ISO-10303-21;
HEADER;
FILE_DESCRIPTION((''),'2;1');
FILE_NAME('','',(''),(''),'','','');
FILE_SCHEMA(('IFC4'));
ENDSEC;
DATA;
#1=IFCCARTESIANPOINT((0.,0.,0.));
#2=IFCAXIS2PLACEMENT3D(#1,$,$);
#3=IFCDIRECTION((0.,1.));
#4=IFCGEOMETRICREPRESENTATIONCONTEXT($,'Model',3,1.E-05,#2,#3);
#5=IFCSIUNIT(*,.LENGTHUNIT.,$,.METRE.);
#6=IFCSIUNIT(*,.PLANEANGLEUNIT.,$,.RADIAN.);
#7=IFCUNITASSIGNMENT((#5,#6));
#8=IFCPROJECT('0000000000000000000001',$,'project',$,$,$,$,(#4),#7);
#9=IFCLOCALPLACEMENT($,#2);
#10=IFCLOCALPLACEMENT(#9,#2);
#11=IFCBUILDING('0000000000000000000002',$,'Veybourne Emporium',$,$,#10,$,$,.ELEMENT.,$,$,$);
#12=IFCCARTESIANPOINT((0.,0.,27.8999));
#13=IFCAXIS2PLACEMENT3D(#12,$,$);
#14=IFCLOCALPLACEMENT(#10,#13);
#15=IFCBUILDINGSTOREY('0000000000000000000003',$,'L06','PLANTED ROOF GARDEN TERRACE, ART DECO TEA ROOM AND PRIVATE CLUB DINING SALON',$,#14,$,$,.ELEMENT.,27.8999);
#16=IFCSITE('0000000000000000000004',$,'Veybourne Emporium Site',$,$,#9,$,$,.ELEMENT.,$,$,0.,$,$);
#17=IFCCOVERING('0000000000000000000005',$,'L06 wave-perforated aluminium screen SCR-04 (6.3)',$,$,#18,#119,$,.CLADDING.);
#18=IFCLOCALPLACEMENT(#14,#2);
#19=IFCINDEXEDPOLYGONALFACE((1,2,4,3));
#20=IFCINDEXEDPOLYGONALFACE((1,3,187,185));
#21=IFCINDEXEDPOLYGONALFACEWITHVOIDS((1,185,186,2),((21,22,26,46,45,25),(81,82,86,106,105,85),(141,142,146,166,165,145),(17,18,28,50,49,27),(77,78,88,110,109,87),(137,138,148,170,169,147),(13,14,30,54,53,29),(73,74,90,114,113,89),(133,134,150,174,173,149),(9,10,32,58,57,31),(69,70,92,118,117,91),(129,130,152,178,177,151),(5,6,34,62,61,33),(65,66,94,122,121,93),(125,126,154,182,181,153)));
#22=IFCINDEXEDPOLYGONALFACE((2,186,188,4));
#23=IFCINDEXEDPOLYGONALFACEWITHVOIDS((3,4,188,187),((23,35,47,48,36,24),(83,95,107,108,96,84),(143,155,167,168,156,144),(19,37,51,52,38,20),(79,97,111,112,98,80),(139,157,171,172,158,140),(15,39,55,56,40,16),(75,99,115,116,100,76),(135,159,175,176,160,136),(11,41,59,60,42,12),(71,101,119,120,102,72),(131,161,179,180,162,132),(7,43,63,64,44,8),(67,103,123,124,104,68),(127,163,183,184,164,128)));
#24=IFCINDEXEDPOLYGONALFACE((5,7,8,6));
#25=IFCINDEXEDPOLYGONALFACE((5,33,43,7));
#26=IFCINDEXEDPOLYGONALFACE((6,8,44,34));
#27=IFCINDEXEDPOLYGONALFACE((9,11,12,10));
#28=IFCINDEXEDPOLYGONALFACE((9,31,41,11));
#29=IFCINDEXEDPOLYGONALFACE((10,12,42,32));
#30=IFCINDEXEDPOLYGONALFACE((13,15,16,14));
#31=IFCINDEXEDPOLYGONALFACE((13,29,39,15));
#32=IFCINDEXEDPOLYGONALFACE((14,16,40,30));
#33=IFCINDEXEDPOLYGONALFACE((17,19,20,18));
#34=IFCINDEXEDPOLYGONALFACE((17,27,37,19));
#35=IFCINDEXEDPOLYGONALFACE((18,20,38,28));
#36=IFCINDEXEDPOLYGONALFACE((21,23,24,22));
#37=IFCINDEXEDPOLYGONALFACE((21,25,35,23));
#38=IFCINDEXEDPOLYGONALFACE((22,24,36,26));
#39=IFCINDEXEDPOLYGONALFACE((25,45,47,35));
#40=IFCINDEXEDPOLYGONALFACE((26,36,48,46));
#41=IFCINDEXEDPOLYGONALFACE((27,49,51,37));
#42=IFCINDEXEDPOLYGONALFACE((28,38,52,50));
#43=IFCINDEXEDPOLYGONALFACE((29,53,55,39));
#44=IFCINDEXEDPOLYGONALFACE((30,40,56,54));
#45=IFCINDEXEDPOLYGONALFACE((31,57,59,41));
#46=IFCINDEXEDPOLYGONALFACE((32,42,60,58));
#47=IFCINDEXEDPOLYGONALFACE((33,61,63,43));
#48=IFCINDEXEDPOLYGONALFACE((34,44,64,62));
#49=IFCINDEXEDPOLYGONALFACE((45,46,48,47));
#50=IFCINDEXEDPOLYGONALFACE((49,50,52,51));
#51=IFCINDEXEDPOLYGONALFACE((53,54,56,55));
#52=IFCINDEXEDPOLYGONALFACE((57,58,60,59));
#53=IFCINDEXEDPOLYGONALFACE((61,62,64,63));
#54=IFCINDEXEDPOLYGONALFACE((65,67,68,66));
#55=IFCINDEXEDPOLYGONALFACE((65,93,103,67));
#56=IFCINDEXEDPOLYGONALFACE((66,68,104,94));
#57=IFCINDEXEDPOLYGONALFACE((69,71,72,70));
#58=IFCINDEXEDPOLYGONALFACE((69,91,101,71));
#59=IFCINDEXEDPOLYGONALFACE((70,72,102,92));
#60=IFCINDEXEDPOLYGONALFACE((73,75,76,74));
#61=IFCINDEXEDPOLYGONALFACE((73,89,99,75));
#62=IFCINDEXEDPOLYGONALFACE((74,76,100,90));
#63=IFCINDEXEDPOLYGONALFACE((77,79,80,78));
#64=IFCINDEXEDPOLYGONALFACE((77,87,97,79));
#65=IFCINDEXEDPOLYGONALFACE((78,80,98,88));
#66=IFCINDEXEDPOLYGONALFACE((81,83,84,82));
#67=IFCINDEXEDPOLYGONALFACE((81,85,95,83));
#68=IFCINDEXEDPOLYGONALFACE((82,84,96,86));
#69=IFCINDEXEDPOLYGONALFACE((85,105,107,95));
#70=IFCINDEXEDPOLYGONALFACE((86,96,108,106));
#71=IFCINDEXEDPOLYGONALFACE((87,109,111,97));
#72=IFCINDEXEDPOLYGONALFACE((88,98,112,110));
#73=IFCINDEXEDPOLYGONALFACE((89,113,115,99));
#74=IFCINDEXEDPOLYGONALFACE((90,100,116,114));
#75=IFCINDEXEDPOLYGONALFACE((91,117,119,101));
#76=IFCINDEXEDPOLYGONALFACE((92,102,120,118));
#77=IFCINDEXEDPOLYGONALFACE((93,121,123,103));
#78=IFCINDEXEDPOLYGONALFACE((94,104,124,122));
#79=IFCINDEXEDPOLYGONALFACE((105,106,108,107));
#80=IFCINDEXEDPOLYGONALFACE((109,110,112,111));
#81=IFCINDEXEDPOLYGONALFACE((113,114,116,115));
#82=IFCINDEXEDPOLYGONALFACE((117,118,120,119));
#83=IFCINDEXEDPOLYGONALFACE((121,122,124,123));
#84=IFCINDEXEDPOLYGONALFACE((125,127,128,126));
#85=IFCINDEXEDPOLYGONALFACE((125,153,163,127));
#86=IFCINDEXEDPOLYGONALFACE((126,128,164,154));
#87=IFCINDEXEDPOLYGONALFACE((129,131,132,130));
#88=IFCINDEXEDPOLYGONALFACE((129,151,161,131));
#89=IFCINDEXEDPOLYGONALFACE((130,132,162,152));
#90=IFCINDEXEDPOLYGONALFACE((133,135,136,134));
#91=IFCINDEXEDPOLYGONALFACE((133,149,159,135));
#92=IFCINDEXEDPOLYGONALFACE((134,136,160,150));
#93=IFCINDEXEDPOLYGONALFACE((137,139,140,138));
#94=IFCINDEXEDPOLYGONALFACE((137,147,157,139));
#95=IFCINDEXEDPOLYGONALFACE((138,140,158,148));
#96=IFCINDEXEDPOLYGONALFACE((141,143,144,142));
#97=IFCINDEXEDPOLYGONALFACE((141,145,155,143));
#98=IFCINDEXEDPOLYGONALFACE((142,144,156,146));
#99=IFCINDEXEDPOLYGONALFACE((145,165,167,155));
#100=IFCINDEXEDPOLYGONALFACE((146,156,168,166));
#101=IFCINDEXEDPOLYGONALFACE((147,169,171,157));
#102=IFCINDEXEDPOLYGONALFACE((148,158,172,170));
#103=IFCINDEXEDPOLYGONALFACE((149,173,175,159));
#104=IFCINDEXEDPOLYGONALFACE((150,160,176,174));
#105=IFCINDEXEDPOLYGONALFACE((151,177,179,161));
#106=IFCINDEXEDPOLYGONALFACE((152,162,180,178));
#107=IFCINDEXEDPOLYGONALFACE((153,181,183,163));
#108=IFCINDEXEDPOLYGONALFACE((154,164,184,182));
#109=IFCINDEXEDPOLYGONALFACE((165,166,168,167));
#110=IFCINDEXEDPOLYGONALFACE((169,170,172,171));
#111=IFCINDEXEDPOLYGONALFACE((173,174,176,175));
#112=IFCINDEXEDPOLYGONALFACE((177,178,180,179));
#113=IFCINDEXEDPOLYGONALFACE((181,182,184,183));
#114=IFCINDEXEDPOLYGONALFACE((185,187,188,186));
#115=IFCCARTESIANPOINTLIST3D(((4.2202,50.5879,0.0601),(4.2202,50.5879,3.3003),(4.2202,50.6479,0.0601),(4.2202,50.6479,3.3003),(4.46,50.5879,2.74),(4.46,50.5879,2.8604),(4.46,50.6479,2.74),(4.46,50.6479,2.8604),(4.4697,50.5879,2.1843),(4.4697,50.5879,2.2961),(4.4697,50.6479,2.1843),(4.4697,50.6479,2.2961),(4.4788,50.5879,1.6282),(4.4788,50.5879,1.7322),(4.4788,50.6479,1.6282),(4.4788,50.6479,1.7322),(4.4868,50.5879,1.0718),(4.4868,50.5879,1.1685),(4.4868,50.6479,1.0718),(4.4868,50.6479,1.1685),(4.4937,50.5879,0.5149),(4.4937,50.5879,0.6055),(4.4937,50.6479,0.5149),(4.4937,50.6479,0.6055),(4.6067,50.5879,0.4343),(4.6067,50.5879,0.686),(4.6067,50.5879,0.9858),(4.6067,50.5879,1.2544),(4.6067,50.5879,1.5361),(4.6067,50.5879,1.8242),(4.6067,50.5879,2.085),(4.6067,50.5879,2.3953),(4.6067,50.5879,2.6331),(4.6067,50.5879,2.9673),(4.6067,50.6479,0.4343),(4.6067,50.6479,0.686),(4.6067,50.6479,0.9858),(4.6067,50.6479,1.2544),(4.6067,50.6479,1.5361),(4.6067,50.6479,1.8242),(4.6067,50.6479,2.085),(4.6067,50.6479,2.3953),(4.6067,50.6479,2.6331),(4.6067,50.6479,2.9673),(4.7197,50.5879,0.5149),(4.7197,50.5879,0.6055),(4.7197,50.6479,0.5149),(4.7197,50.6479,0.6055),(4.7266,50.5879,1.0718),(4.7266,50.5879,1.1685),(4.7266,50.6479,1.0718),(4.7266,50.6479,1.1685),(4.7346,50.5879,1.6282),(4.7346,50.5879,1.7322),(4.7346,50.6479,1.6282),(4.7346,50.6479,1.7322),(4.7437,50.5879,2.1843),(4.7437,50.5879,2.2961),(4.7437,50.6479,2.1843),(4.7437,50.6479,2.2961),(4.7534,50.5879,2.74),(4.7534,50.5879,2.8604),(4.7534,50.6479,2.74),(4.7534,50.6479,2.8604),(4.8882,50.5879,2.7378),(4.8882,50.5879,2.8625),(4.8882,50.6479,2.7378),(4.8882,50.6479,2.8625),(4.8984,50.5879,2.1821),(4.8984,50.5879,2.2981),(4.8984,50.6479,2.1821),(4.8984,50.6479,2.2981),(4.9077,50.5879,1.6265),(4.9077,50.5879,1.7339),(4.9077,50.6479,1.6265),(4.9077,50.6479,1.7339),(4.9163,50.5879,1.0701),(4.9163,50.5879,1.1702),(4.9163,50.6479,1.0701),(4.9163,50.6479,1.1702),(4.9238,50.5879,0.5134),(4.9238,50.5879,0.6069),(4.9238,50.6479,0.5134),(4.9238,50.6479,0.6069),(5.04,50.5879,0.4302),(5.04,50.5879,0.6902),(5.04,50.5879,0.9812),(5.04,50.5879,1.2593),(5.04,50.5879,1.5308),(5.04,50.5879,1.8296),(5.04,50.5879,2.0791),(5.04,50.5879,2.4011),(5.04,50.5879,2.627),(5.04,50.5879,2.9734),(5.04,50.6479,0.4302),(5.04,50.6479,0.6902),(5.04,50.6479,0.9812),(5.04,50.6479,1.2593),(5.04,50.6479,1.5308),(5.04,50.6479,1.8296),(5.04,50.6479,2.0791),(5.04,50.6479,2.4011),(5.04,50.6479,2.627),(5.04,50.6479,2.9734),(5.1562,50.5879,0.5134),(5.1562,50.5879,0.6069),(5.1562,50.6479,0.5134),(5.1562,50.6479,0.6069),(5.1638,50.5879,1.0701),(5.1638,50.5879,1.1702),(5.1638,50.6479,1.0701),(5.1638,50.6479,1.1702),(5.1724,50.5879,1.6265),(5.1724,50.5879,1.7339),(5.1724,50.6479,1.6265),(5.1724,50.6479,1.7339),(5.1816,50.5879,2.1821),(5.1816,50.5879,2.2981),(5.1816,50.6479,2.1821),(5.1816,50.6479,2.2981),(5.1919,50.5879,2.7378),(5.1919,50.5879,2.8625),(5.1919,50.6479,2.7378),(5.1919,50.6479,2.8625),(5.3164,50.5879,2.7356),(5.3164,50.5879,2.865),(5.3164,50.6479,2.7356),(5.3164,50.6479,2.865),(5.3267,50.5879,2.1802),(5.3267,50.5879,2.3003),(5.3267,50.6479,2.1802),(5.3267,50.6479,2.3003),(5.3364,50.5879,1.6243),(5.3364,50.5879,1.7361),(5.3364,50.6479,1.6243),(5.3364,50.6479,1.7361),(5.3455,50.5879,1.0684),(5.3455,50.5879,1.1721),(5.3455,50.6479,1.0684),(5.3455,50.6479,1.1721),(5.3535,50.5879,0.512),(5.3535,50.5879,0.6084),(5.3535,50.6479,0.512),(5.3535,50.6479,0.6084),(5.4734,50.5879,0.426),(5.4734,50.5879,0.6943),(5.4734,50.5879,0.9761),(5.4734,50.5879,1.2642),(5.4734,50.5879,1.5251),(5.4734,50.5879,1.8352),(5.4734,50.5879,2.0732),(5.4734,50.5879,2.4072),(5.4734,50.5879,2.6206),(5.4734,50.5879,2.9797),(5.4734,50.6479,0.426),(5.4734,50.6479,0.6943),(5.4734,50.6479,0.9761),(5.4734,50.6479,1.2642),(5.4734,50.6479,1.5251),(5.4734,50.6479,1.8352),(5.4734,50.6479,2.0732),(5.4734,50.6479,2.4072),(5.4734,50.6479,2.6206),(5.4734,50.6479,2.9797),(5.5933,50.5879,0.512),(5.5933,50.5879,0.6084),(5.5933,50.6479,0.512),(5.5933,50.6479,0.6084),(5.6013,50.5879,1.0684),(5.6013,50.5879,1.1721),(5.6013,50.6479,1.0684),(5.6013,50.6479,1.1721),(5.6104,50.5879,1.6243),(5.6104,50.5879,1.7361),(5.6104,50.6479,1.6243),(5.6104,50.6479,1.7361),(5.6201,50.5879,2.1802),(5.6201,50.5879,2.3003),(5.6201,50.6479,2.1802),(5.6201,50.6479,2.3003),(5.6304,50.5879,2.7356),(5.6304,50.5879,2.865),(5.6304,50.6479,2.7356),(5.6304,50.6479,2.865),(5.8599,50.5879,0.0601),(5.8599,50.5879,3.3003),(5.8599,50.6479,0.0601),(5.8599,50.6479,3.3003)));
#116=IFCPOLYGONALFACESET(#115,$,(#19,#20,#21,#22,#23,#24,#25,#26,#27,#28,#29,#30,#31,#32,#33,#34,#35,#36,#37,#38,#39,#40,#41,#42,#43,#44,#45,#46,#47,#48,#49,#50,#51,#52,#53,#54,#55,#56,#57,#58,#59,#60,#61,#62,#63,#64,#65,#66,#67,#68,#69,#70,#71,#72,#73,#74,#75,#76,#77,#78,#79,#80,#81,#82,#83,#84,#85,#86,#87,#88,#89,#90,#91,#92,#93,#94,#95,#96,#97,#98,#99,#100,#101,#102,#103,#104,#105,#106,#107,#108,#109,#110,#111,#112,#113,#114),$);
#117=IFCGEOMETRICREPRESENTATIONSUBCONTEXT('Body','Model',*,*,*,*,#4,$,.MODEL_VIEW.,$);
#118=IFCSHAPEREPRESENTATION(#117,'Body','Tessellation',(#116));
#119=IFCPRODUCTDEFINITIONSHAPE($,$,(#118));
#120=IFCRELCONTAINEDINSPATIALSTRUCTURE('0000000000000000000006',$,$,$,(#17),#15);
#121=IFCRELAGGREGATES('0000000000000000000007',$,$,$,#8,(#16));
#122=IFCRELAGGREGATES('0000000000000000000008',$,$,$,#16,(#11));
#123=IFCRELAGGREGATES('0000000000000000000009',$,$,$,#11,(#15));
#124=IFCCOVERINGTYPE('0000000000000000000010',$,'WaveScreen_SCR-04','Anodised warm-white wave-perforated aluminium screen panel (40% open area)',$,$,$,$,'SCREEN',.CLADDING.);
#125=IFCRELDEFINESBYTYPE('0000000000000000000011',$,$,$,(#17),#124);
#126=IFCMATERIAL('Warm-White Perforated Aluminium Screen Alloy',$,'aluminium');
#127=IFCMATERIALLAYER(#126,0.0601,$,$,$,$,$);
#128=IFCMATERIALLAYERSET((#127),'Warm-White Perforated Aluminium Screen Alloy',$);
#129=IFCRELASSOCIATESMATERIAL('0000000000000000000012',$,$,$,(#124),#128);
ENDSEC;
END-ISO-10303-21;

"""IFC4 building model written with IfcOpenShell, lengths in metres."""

from ifc_helpers import new_model, si_unit, direction, frame, origin, place, context, subcontext, project, spatial, polyline, outline, extrude, material, layer, layer_set, type_object, element, save


model = new_model("IFC4")

# Units and contexts
model_context = context("Model", 3, precision=1e-05, world=origin(), true_north=direction((0.0, 1.0)))
body_context = subcontext(model_context, "Body", "Model", "MODEL_VIEW")
ifc_project = project(units=[si_unit("LENGTHUNIT", "METRE"), si_unit("PLANEANGLEUNIT", "RADIAN")], contexts=[model_context])

# Site, building, storey
site_placement = place(None, origin())
site = spatial("IfcSite", under=ifc_project, at=site_placement, Name="Veybourne Emporium Site", CompositionType="ELEMENT", RefElevation=0.0)
building_placement = place(site_placement, origin())
building = spatial("IfcBuilding", under=site, at=building_placement, Name="Veybourne Emporium", CompositionType="ELEMENT")
storey_placement = place(building_placement, frame((0.0, 0.0, 27.8999)))
storey = spatial("IfcBuildingStorey", under=building, at=storey_placement, Name="L06", Description="PLANTED ROOF GARDEN TERRACE, ART DECO TEA ROOM AND PRIVATE CLUB DINING SALON", CompositionType="ELEMENT", Elevation=27.8999)

# Covering
ifc_material_1 = material(Name="Warm-White Perforated Aluminium Screen Alloy", Category="aluminium")
ifc_layer_1 = layer(ifc_material_1, 0.0601)
ifc_layer_set_1 = layer_set([ifc_layer_1], Name="Warm-White Perforated Aluminium Screen Alloy")
covering_type_1 = type_object("IfcCoveringType", Name="WaveScreen_SCR-04", Description="Anodised warm-white wave-perforated aluminium screen panel (40% open area)", ElementType="SCREEN", PredefinedType="CLADDING", material=ifc_layer_set_1)
covering_1_placement = place(storey_placement, frame((5.04, 50.6479, 1.6802), z_axis=(0.0, -1.0, 0.0), x_axis=(1.0, 0.0, 0.0)))
element("IfcCovering", 1, at=covering_1_placement, inside=storey, type_object=covering_type_1, Name="L06 wave-perforated aluminium screen SCR-04 (6.3)", PredefinedType="CLADDING", context=body_context, shape_type="SweptSolid", body=[
    extrude(outline(polyline([(-0.8198, -1.6201), (0.8198, -1.6201), (0.8198, 1.6201), (-0.8198, 1.6201), (-0.8198, -1.6201)]), holes=[polyline([(-0.4333, -0.9941), (-0.3203, -1.0747), (-0.3203, -1.1653), (-0.4333, -1.2458), (-0.5464, -1.1653), (-0.5464, -1.0747), (-0.4333, -0.9941)]), polyline([(-0.4333, -0.4258), (-0.3135, -0.5117), (-0.3135, -0.6084), (-0.4333, -0.6943), (-0.5532, -0.6084), (-0.5532, -0.5117), (-0.4333, -0.4258)]), polyline([(-0.4333, 0.144), (-0.3054, 0.052), (-0.3054, -0.052), (-0.4333, -0.144), (-0.5613, -0.052), (-0.5613, 0.052), (-0.4333, 0.144)]), polyline([(-0.4333, 0.7151), (-0.2964, 0.616), (-0.2964, 0.5042), (-0.4333, 0.4048), (-0.5703, 0.5042), (-0.5703, 0.616), (-0.4333, 0.7151)]), polyline([(-0.4333, 1.2871), (-0.2866, 1.1802), (-0.2866, 1.0598), (-0.4333, 0.9529), (-0.5801, 1.0598), (-0.5801, 1.1802), (-0.4333, 1.2871)]), polyline([(0.0, -0.99), (0.1162, -1.0732), (0.1162, -1.1667), (0.0, -1.25), (-0.1162, -1.1667), (-0.1162, -1.0732), (0.0, -0.99)]), polyline([(0.0, -0.4209), (0.1238, -0.51), (0.1238, -0.6101), (0.0, -0.699), (-0.1238, -0.6101), (-0.1238, -0.51), (0.0, -0.4209)]), polyline([(0.0, 0.1494), (0.1323, 0.0537), (0.1323, -0.0537), (0.0, -0.1494), (-0.1323, -0.0537), (-0.1323, 0.0537), (0.0, 0.1494)]), polyline([(0.0, 0.7209), (0.1416, 0.6179), (0.1416, 0.502), (0.0, 0.3989), (-0.1416, 0.502), (-0.1416, 0.6179), (0.0, 0.7209)]), polyline([(0.0, 1.2932), (0.1519, 1.1824), (0.1519, 1.0576), (0.0, 0.9468), (-0.1519, 1.0576), (-0.1519, 1.1824), (0.0, 1.2932)]), polyline([(0.4333, -0.9858), (0.5532, -1.0718), (0.5532, -1.1682), (0.4333, -1.2542), (0.3135, -1.1682), (0.3135, -1.0718), (0.4333, -0.9858)]), polyline([(0.4333, -0.416), (0.5613, -0.5081), (0.5613, -0.6118), (0.4333, -0.7041), (0.3054, -0.6118), (0.3054, -0.5081), (0.4333, -0.416)]), polyline([(0.4333, 0.155), (0.5703, 0.0559), (0.5703, -0.0559), (0.4333, -0.155), (0.2964, -0.0559), (0.2964, 0.0559), (0.4333, 0.155)]), polyline([(0.4333, 0.7271), (0.5801, 0.6201), (0.5801, 0.5), (0.4333, 0.3931), (0.2866, 0.5), (0.2866, 0.6201), (0.4333, 0.7271)]), polyline([(0.4333, 1.2996), (0.5903, 1.1848), (0.5903, 1.0554), (0.4333, 0.9404), (0.2764, 1.0554), (0.2764, 1.1848), (0.4333, 1.2996)])]), origin(), (0.0, 0.0, 1.0), 0.0601),
])

save(model, "model.ifc")
